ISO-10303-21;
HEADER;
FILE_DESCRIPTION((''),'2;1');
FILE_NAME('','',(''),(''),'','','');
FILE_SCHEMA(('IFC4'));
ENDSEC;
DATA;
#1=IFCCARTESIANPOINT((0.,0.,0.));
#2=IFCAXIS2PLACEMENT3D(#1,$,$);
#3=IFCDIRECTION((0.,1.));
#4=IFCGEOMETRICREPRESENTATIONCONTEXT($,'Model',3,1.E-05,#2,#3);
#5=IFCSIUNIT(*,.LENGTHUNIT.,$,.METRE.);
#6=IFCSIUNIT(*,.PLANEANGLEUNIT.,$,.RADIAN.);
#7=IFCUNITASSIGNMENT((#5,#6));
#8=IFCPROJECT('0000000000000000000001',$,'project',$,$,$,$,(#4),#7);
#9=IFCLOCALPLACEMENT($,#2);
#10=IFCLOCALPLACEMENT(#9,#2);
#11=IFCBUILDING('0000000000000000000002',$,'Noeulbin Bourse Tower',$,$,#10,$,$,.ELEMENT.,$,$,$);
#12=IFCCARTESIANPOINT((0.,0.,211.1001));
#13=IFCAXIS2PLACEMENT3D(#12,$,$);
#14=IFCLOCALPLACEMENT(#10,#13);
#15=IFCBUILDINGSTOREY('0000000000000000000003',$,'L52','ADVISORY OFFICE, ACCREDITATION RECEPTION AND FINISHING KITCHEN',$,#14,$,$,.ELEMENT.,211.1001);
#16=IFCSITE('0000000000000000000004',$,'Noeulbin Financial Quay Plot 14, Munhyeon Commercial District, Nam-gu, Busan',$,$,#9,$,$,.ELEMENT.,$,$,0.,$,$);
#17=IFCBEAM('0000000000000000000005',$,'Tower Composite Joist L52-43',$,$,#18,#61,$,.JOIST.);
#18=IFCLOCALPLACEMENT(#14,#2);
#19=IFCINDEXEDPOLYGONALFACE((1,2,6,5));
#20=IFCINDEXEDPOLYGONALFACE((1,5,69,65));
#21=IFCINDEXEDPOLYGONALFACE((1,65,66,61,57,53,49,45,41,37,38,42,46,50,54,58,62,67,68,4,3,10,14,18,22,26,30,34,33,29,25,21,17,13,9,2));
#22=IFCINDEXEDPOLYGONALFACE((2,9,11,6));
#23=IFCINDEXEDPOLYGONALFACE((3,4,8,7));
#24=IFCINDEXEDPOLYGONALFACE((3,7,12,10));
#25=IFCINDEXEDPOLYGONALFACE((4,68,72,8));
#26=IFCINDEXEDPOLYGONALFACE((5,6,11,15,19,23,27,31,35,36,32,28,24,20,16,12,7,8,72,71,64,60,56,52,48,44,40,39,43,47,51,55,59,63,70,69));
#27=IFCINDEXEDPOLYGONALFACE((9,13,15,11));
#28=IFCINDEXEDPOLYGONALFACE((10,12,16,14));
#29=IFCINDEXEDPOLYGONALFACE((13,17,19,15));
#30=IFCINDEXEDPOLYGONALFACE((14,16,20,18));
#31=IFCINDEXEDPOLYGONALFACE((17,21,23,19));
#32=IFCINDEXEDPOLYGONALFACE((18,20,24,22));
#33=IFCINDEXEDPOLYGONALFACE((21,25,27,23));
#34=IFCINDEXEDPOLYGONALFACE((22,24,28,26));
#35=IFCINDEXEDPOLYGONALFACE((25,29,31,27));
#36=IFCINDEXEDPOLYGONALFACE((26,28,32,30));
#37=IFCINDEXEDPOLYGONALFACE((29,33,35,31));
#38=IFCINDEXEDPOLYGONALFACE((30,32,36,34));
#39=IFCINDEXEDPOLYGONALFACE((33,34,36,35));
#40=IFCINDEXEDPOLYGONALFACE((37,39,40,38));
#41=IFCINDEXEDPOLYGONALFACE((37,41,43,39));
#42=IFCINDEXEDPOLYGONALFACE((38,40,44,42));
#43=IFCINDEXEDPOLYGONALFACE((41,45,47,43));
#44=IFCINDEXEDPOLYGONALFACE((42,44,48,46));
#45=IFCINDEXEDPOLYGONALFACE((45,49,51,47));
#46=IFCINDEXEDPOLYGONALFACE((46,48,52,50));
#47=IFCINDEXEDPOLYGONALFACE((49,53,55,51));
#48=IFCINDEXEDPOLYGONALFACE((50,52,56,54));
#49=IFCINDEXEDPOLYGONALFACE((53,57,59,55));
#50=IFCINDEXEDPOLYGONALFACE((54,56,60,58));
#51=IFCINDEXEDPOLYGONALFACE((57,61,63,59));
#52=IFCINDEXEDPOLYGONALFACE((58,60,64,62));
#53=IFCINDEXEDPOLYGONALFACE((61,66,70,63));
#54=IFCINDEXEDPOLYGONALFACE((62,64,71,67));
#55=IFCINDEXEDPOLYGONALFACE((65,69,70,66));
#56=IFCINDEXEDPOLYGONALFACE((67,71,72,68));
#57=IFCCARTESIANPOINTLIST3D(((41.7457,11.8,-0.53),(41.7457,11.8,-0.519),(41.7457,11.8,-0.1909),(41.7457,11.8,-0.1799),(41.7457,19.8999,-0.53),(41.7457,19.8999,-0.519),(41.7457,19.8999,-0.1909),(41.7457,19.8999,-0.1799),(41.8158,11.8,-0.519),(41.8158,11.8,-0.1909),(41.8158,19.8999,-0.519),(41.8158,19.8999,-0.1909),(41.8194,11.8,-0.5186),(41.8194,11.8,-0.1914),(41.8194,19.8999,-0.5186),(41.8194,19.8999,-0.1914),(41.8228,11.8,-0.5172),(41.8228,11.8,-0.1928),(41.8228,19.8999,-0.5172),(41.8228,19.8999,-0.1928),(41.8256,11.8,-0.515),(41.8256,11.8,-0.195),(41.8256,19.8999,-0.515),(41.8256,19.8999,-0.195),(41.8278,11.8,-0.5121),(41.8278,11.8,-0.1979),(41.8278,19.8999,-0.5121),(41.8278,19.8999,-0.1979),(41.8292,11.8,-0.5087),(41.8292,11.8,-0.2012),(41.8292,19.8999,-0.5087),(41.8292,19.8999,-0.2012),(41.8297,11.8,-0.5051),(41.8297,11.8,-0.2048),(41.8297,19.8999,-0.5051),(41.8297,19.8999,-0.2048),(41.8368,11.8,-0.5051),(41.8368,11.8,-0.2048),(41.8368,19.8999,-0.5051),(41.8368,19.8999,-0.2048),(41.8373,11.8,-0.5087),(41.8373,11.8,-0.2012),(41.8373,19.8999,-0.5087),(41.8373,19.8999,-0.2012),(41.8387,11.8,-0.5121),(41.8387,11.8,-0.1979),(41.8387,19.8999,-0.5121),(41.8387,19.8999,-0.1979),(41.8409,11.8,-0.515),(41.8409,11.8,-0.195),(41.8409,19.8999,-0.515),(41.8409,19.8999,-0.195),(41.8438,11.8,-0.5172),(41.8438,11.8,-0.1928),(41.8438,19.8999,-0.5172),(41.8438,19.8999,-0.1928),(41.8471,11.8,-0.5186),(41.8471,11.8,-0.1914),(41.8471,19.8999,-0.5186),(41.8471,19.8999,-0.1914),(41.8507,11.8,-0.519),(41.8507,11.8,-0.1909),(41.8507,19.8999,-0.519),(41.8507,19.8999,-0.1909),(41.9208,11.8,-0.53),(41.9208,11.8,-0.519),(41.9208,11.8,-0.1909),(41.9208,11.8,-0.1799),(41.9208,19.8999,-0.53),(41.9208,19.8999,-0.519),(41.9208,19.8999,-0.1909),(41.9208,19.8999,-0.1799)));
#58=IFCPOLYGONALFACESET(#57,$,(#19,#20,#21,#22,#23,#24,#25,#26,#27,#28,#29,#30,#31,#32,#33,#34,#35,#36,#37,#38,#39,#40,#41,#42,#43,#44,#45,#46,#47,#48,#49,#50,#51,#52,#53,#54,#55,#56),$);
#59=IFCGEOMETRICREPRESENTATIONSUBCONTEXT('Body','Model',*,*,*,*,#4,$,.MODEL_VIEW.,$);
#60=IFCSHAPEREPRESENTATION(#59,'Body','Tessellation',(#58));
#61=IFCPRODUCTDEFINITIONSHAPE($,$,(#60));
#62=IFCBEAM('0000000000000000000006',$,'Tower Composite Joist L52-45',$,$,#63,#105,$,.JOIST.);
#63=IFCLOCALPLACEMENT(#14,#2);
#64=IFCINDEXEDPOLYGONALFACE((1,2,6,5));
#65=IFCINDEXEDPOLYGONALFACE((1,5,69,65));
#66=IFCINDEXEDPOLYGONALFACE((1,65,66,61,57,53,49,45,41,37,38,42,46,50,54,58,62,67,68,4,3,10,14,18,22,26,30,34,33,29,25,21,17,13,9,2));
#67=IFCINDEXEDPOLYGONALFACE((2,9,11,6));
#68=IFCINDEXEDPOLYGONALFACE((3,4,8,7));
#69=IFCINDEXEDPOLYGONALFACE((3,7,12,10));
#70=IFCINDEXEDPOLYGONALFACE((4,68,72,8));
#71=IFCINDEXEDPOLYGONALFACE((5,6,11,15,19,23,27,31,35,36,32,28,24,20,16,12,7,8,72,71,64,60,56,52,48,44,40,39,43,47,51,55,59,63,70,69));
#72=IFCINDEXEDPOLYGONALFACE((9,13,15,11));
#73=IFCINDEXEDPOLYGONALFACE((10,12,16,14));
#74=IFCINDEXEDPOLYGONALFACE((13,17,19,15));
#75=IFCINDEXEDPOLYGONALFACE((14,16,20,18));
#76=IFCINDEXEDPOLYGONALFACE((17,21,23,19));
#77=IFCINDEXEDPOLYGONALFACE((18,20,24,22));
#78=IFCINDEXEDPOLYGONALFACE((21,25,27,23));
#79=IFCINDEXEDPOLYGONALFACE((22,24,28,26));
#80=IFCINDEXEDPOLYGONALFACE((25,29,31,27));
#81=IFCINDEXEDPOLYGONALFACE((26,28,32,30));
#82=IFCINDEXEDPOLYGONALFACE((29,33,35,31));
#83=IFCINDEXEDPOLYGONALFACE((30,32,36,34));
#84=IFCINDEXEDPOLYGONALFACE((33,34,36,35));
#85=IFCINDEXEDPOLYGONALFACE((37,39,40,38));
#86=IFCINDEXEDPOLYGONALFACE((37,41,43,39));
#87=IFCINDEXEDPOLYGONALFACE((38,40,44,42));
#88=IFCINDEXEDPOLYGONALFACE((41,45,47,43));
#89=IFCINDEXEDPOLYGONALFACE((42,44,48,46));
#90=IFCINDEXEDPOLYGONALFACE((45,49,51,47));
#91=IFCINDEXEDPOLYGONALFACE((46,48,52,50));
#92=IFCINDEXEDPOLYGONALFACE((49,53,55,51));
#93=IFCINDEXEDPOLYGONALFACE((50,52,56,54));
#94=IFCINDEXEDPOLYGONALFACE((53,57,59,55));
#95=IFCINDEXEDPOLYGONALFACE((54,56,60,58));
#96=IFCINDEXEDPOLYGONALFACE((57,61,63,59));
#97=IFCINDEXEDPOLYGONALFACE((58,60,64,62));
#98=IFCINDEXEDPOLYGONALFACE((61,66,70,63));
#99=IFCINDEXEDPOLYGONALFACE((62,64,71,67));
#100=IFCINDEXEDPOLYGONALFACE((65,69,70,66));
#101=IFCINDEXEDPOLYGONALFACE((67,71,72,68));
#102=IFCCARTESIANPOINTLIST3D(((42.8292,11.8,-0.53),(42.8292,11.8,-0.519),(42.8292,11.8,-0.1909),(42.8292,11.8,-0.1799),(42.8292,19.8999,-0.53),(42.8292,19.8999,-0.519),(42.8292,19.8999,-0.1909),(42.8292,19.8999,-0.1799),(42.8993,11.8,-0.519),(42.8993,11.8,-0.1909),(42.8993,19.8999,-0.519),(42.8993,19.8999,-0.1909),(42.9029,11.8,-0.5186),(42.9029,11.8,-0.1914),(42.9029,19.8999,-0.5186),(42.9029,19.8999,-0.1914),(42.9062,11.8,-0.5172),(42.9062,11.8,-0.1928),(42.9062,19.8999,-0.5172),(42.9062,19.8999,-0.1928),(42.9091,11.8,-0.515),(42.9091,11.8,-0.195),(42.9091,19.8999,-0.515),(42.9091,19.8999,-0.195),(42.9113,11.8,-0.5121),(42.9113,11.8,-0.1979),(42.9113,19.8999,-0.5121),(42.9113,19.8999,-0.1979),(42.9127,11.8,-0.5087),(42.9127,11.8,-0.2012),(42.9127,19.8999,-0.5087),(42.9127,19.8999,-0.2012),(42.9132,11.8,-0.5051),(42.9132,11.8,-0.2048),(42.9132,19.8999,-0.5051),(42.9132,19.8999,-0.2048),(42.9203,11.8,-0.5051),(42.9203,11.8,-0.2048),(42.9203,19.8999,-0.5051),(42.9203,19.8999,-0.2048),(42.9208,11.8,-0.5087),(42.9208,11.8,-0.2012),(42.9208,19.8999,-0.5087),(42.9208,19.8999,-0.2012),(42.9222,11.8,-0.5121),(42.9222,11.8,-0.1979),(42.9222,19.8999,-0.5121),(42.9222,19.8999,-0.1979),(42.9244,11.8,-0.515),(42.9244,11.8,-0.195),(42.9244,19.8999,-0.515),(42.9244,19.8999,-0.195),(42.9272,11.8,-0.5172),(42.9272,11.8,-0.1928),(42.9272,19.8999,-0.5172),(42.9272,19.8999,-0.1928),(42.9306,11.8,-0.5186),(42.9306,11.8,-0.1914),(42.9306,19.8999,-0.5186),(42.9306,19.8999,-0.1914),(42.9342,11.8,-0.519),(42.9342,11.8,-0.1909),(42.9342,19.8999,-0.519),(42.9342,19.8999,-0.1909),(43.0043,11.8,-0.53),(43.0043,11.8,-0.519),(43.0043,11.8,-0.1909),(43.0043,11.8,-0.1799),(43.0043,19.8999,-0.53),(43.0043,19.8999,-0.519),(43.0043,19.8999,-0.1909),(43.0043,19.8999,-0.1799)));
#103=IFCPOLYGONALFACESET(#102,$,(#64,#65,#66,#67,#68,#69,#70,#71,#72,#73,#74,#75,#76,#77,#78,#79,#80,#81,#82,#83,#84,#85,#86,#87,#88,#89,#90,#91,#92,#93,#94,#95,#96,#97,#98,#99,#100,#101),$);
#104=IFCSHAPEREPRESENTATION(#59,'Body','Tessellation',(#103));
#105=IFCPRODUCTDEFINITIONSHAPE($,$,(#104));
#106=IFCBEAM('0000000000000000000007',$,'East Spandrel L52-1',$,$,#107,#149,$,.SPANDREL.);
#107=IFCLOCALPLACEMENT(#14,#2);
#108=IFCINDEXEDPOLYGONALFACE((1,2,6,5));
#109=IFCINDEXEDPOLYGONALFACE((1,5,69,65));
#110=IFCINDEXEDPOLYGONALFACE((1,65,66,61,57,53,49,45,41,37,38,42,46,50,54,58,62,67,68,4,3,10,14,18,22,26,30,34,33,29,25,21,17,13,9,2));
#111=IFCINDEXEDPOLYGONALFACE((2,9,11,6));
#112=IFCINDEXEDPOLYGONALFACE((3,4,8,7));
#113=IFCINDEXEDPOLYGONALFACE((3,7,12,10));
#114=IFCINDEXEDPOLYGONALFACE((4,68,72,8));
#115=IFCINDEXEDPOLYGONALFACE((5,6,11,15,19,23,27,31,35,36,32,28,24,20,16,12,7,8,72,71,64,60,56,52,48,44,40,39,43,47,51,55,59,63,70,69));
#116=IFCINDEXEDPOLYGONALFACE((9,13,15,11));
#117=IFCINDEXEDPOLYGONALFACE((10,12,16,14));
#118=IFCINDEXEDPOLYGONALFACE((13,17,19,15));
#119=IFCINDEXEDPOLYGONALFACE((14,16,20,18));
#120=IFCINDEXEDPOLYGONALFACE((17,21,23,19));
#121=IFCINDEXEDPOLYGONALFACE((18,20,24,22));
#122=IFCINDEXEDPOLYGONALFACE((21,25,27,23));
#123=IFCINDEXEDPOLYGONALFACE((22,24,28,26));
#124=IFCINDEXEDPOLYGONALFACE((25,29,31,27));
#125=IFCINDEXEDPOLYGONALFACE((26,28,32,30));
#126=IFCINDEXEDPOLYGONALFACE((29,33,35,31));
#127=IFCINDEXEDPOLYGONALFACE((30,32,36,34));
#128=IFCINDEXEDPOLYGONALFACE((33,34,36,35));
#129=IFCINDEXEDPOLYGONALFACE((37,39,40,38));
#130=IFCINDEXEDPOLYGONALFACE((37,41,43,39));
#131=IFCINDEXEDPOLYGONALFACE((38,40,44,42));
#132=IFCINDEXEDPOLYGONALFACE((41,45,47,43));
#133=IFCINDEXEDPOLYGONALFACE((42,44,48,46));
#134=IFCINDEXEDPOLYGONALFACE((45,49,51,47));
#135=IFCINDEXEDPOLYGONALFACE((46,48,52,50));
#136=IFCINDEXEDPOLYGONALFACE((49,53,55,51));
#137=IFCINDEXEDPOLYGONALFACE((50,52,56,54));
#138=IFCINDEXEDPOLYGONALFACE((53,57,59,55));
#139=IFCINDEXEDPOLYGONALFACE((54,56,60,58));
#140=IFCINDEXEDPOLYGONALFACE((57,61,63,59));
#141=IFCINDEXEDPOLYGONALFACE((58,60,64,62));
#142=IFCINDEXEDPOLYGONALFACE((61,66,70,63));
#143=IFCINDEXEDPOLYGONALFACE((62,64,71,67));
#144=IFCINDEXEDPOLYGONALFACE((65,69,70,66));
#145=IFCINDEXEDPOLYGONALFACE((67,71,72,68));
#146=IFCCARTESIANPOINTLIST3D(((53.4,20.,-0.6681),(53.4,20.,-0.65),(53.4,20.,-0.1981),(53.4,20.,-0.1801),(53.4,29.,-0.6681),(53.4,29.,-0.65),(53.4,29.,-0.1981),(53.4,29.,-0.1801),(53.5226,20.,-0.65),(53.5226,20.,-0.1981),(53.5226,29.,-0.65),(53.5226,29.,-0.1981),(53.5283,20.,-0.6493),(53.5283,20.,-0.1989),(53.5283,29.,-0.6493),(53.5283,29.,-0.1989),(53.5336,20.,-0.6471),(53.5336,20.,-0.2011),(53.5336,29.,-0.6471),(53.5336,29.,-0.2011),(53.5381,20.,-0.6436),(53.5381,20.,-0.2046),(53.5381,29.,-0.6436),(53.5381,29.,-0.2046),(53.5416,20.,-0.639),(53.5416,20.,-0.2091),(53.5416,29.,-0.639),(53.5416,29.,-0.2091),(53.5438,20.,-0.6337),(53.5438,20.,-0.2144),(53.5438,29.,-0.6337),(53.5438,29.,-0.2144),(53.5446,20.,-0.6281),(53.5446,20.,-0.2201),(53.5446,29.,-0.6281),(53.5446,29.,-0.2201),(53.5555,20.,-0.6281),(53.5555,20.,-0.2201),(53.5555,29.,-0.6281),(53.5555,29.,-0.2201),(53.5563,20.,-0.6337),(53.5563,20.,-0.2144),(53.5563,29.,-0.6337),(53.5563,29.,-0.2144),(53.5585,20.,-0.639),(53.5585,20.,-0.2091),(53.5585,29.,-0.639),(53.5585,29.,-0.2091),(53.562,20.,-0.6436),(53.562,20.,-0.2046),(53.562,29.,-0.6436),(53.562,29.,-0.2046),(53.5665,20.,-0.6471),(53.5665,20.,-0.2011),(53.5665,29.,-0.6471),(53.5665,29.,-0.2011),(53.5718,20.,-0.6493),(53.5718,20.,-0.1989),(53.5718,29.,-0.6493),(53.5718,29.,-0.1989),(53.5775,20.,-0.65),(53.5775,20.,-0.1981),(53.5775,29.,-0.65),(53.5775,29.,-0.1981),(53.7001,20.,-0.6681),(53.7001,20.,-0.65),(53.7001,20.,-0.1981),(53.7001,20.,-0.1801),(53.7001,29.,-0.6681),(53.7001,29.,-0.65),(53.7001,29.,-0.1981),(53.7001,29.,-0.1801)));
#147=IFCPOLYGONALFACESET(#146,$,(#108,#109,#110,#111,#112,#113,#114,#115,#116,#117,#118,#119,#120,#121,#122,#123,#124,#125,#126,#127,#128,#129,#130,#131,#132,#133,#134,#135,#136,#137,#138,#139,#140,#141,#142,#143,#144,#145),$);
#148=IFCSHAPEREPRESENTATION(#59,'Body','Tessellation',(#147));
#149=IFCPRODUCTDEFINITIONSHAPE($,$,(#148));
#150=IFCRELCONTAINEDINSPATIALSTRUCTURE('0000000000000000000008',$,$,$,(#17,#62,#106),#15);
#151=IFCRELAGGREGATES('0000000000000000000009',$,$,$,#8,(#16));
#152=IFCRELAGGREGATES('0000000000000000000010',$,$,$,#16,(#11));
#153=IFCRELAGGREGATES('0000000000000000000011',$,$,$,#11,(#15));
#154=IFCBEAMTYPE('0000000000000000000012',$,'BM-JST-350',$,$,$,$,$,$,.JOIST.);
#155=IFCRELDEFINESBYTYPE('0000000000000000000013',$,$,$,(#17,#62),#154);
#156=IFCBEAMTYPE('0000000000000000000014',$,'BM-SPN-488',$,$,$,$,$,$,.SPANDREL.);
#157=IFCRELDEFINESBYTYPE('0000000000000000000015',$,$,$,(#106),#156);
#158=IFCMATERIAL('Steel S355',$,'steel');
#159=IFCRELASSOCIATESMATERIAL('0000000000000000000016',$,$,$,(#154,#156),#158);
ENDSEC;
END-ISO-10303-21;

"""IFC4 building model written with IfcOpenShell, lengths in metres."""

from ifc_helpers import new_model, si_unit, direction, frame, origin, origin_2d, place, context, subcontext, project, spatial, i_section, extrude, material, material_profile, profile_set, type_object, element, save


model = new_model("IFC4")

# Units and contexts
model_context = context("Model", 3, precision=1e-05, world=origin(), true_north=direction((0.0, 1.0)))
body_context = subcontext(model_context, "Body", "Model", "MODEL_VIEW")
ifc_project = project(units=[si_unit("LENGTHUNIT", "METRE"), si_unit("PLANEANGLEUNIT", "RADIAN")], contexts=[model_context])

# Site, building, storey
site_placement = place(None, origin())
site = spatial("IfcSite", under=ifc_project, at=site_placement, Name="Noeulbin Financial Quay Plot 14, Munhyeon Commercial District, Nam-gu, Busan", CompositionType="ELEMENT", RefElevation=0.0)
building_placement = place(site_placement, origin())
building = spatial("IfcBuilding", under=site, at=building_placement, Name="Noeulbin Bourse Tower", CompositionType="ELEMENT")
storey_placement = place(building_placement, frame((0.0, 0.0, 211.1001)))
storey = spatial("IfcBuildingStorey", under=building, at=storey_placement, Name="L52", Description="ADVISORY OFFICE, ACCREDITATION RECEPTION AND FINISHING KITCHEN", CompositionType="ELEMENT", Elevation=211.1001)

# Shared definitions
ifc_material_1 = material(Name="Steel S355", Category="steel")

# Beams
ifc_material_profile_1 = material_profile(ifc_material_1, i_section(OverallWidth=0.175, OverallDepth=0.3501, WebThickness=0.0071, FlangeThickness=0.011, FilletRadius=0.0139, at=origin_2d()), Name="H-350x175x7x11", Category="LoadBearing")
ifc_profile_set_1 = profile_set([ifc_material_profile_1], Name="Steel S355")
beam_type_1 = type_object("IfcBeamType", Name="BM-JST-350", PredefinedType="JOIST", material=ifc_profile_set_1)
for number, where, z_axis, x_axis, name in (
    (1, (41.8333, 11.8, -0.355), (0.0, 1.0, 0.0), (-1.0, 0.0, 0.0), "Tower Composite Joist L52-43"),
    (2, (42.9167, 11.8, -0.355), (0.0, 1.0, 0.0), (-1.0, 0.0, 0.0), "Tower Composite Joist L52-45"),
):
    element("IfcBeam", number, at=place(storey_placement, frame(where, z_axis=z_axis, x_axis=x_axis)), inside=storey, type_object=beam_type_1, Name=name, PredefinedType="JOIST", context=body_context, shape_type="SweptSolid", body=[
        extrude(i_section(OverallWidth=0.175, OverallDepth=0.3501, WebThickness=0.0071, FlangeThickness=0.011, FilletRadius=0.0139, at=origin_2d()), origin(), (0.0, 0.0, 1.0), 8.0999),
    ])
ifc_material_profile_2 = material_profile(ifc_material_1, i_section(OverallWidth=0.3, OverallDepth=0.488, WebThickness=0.011, FlangeThickness=0.0181, FilletRadius=0.022, at=origin_2d()), Name="H-488x300x11x18", Category="LoadBearing")
ifc_profile_set_2 = profile_set([ifc_material_profile_2], Name="Steel S355")
beam_type_2 = type_object("IfcBeamType", Name="BM-SPN-488", PredefinedType="SPANDREL", material=ifc_profile_set_2)
beam_1_placement = place(storey_placement, frame((53.55, 20.0, -0.4241), z_axis=(0.0, 1.0, 0.0), x_axis=(-1.0, 0.0, 0.0)))
element("IfcBeam", 3, at=beam_1_placement, inside=storey, type_object=beam_type_2, Name="East Spandrel L52-1", PredefinedType="SPANDREL", context=body_context, shape_type="SweptSolid", body=[
    extrude(i_section(OverallWidth=0.3, OverallDepth=0.488, WebThickness=0.011, FlangeThickness=0.0181, FilletRadius=0.022, at=origin_2d()), origin(), (0.0, 0.0, 1.0), 9.0),
])

save(model, "model.ifc")
